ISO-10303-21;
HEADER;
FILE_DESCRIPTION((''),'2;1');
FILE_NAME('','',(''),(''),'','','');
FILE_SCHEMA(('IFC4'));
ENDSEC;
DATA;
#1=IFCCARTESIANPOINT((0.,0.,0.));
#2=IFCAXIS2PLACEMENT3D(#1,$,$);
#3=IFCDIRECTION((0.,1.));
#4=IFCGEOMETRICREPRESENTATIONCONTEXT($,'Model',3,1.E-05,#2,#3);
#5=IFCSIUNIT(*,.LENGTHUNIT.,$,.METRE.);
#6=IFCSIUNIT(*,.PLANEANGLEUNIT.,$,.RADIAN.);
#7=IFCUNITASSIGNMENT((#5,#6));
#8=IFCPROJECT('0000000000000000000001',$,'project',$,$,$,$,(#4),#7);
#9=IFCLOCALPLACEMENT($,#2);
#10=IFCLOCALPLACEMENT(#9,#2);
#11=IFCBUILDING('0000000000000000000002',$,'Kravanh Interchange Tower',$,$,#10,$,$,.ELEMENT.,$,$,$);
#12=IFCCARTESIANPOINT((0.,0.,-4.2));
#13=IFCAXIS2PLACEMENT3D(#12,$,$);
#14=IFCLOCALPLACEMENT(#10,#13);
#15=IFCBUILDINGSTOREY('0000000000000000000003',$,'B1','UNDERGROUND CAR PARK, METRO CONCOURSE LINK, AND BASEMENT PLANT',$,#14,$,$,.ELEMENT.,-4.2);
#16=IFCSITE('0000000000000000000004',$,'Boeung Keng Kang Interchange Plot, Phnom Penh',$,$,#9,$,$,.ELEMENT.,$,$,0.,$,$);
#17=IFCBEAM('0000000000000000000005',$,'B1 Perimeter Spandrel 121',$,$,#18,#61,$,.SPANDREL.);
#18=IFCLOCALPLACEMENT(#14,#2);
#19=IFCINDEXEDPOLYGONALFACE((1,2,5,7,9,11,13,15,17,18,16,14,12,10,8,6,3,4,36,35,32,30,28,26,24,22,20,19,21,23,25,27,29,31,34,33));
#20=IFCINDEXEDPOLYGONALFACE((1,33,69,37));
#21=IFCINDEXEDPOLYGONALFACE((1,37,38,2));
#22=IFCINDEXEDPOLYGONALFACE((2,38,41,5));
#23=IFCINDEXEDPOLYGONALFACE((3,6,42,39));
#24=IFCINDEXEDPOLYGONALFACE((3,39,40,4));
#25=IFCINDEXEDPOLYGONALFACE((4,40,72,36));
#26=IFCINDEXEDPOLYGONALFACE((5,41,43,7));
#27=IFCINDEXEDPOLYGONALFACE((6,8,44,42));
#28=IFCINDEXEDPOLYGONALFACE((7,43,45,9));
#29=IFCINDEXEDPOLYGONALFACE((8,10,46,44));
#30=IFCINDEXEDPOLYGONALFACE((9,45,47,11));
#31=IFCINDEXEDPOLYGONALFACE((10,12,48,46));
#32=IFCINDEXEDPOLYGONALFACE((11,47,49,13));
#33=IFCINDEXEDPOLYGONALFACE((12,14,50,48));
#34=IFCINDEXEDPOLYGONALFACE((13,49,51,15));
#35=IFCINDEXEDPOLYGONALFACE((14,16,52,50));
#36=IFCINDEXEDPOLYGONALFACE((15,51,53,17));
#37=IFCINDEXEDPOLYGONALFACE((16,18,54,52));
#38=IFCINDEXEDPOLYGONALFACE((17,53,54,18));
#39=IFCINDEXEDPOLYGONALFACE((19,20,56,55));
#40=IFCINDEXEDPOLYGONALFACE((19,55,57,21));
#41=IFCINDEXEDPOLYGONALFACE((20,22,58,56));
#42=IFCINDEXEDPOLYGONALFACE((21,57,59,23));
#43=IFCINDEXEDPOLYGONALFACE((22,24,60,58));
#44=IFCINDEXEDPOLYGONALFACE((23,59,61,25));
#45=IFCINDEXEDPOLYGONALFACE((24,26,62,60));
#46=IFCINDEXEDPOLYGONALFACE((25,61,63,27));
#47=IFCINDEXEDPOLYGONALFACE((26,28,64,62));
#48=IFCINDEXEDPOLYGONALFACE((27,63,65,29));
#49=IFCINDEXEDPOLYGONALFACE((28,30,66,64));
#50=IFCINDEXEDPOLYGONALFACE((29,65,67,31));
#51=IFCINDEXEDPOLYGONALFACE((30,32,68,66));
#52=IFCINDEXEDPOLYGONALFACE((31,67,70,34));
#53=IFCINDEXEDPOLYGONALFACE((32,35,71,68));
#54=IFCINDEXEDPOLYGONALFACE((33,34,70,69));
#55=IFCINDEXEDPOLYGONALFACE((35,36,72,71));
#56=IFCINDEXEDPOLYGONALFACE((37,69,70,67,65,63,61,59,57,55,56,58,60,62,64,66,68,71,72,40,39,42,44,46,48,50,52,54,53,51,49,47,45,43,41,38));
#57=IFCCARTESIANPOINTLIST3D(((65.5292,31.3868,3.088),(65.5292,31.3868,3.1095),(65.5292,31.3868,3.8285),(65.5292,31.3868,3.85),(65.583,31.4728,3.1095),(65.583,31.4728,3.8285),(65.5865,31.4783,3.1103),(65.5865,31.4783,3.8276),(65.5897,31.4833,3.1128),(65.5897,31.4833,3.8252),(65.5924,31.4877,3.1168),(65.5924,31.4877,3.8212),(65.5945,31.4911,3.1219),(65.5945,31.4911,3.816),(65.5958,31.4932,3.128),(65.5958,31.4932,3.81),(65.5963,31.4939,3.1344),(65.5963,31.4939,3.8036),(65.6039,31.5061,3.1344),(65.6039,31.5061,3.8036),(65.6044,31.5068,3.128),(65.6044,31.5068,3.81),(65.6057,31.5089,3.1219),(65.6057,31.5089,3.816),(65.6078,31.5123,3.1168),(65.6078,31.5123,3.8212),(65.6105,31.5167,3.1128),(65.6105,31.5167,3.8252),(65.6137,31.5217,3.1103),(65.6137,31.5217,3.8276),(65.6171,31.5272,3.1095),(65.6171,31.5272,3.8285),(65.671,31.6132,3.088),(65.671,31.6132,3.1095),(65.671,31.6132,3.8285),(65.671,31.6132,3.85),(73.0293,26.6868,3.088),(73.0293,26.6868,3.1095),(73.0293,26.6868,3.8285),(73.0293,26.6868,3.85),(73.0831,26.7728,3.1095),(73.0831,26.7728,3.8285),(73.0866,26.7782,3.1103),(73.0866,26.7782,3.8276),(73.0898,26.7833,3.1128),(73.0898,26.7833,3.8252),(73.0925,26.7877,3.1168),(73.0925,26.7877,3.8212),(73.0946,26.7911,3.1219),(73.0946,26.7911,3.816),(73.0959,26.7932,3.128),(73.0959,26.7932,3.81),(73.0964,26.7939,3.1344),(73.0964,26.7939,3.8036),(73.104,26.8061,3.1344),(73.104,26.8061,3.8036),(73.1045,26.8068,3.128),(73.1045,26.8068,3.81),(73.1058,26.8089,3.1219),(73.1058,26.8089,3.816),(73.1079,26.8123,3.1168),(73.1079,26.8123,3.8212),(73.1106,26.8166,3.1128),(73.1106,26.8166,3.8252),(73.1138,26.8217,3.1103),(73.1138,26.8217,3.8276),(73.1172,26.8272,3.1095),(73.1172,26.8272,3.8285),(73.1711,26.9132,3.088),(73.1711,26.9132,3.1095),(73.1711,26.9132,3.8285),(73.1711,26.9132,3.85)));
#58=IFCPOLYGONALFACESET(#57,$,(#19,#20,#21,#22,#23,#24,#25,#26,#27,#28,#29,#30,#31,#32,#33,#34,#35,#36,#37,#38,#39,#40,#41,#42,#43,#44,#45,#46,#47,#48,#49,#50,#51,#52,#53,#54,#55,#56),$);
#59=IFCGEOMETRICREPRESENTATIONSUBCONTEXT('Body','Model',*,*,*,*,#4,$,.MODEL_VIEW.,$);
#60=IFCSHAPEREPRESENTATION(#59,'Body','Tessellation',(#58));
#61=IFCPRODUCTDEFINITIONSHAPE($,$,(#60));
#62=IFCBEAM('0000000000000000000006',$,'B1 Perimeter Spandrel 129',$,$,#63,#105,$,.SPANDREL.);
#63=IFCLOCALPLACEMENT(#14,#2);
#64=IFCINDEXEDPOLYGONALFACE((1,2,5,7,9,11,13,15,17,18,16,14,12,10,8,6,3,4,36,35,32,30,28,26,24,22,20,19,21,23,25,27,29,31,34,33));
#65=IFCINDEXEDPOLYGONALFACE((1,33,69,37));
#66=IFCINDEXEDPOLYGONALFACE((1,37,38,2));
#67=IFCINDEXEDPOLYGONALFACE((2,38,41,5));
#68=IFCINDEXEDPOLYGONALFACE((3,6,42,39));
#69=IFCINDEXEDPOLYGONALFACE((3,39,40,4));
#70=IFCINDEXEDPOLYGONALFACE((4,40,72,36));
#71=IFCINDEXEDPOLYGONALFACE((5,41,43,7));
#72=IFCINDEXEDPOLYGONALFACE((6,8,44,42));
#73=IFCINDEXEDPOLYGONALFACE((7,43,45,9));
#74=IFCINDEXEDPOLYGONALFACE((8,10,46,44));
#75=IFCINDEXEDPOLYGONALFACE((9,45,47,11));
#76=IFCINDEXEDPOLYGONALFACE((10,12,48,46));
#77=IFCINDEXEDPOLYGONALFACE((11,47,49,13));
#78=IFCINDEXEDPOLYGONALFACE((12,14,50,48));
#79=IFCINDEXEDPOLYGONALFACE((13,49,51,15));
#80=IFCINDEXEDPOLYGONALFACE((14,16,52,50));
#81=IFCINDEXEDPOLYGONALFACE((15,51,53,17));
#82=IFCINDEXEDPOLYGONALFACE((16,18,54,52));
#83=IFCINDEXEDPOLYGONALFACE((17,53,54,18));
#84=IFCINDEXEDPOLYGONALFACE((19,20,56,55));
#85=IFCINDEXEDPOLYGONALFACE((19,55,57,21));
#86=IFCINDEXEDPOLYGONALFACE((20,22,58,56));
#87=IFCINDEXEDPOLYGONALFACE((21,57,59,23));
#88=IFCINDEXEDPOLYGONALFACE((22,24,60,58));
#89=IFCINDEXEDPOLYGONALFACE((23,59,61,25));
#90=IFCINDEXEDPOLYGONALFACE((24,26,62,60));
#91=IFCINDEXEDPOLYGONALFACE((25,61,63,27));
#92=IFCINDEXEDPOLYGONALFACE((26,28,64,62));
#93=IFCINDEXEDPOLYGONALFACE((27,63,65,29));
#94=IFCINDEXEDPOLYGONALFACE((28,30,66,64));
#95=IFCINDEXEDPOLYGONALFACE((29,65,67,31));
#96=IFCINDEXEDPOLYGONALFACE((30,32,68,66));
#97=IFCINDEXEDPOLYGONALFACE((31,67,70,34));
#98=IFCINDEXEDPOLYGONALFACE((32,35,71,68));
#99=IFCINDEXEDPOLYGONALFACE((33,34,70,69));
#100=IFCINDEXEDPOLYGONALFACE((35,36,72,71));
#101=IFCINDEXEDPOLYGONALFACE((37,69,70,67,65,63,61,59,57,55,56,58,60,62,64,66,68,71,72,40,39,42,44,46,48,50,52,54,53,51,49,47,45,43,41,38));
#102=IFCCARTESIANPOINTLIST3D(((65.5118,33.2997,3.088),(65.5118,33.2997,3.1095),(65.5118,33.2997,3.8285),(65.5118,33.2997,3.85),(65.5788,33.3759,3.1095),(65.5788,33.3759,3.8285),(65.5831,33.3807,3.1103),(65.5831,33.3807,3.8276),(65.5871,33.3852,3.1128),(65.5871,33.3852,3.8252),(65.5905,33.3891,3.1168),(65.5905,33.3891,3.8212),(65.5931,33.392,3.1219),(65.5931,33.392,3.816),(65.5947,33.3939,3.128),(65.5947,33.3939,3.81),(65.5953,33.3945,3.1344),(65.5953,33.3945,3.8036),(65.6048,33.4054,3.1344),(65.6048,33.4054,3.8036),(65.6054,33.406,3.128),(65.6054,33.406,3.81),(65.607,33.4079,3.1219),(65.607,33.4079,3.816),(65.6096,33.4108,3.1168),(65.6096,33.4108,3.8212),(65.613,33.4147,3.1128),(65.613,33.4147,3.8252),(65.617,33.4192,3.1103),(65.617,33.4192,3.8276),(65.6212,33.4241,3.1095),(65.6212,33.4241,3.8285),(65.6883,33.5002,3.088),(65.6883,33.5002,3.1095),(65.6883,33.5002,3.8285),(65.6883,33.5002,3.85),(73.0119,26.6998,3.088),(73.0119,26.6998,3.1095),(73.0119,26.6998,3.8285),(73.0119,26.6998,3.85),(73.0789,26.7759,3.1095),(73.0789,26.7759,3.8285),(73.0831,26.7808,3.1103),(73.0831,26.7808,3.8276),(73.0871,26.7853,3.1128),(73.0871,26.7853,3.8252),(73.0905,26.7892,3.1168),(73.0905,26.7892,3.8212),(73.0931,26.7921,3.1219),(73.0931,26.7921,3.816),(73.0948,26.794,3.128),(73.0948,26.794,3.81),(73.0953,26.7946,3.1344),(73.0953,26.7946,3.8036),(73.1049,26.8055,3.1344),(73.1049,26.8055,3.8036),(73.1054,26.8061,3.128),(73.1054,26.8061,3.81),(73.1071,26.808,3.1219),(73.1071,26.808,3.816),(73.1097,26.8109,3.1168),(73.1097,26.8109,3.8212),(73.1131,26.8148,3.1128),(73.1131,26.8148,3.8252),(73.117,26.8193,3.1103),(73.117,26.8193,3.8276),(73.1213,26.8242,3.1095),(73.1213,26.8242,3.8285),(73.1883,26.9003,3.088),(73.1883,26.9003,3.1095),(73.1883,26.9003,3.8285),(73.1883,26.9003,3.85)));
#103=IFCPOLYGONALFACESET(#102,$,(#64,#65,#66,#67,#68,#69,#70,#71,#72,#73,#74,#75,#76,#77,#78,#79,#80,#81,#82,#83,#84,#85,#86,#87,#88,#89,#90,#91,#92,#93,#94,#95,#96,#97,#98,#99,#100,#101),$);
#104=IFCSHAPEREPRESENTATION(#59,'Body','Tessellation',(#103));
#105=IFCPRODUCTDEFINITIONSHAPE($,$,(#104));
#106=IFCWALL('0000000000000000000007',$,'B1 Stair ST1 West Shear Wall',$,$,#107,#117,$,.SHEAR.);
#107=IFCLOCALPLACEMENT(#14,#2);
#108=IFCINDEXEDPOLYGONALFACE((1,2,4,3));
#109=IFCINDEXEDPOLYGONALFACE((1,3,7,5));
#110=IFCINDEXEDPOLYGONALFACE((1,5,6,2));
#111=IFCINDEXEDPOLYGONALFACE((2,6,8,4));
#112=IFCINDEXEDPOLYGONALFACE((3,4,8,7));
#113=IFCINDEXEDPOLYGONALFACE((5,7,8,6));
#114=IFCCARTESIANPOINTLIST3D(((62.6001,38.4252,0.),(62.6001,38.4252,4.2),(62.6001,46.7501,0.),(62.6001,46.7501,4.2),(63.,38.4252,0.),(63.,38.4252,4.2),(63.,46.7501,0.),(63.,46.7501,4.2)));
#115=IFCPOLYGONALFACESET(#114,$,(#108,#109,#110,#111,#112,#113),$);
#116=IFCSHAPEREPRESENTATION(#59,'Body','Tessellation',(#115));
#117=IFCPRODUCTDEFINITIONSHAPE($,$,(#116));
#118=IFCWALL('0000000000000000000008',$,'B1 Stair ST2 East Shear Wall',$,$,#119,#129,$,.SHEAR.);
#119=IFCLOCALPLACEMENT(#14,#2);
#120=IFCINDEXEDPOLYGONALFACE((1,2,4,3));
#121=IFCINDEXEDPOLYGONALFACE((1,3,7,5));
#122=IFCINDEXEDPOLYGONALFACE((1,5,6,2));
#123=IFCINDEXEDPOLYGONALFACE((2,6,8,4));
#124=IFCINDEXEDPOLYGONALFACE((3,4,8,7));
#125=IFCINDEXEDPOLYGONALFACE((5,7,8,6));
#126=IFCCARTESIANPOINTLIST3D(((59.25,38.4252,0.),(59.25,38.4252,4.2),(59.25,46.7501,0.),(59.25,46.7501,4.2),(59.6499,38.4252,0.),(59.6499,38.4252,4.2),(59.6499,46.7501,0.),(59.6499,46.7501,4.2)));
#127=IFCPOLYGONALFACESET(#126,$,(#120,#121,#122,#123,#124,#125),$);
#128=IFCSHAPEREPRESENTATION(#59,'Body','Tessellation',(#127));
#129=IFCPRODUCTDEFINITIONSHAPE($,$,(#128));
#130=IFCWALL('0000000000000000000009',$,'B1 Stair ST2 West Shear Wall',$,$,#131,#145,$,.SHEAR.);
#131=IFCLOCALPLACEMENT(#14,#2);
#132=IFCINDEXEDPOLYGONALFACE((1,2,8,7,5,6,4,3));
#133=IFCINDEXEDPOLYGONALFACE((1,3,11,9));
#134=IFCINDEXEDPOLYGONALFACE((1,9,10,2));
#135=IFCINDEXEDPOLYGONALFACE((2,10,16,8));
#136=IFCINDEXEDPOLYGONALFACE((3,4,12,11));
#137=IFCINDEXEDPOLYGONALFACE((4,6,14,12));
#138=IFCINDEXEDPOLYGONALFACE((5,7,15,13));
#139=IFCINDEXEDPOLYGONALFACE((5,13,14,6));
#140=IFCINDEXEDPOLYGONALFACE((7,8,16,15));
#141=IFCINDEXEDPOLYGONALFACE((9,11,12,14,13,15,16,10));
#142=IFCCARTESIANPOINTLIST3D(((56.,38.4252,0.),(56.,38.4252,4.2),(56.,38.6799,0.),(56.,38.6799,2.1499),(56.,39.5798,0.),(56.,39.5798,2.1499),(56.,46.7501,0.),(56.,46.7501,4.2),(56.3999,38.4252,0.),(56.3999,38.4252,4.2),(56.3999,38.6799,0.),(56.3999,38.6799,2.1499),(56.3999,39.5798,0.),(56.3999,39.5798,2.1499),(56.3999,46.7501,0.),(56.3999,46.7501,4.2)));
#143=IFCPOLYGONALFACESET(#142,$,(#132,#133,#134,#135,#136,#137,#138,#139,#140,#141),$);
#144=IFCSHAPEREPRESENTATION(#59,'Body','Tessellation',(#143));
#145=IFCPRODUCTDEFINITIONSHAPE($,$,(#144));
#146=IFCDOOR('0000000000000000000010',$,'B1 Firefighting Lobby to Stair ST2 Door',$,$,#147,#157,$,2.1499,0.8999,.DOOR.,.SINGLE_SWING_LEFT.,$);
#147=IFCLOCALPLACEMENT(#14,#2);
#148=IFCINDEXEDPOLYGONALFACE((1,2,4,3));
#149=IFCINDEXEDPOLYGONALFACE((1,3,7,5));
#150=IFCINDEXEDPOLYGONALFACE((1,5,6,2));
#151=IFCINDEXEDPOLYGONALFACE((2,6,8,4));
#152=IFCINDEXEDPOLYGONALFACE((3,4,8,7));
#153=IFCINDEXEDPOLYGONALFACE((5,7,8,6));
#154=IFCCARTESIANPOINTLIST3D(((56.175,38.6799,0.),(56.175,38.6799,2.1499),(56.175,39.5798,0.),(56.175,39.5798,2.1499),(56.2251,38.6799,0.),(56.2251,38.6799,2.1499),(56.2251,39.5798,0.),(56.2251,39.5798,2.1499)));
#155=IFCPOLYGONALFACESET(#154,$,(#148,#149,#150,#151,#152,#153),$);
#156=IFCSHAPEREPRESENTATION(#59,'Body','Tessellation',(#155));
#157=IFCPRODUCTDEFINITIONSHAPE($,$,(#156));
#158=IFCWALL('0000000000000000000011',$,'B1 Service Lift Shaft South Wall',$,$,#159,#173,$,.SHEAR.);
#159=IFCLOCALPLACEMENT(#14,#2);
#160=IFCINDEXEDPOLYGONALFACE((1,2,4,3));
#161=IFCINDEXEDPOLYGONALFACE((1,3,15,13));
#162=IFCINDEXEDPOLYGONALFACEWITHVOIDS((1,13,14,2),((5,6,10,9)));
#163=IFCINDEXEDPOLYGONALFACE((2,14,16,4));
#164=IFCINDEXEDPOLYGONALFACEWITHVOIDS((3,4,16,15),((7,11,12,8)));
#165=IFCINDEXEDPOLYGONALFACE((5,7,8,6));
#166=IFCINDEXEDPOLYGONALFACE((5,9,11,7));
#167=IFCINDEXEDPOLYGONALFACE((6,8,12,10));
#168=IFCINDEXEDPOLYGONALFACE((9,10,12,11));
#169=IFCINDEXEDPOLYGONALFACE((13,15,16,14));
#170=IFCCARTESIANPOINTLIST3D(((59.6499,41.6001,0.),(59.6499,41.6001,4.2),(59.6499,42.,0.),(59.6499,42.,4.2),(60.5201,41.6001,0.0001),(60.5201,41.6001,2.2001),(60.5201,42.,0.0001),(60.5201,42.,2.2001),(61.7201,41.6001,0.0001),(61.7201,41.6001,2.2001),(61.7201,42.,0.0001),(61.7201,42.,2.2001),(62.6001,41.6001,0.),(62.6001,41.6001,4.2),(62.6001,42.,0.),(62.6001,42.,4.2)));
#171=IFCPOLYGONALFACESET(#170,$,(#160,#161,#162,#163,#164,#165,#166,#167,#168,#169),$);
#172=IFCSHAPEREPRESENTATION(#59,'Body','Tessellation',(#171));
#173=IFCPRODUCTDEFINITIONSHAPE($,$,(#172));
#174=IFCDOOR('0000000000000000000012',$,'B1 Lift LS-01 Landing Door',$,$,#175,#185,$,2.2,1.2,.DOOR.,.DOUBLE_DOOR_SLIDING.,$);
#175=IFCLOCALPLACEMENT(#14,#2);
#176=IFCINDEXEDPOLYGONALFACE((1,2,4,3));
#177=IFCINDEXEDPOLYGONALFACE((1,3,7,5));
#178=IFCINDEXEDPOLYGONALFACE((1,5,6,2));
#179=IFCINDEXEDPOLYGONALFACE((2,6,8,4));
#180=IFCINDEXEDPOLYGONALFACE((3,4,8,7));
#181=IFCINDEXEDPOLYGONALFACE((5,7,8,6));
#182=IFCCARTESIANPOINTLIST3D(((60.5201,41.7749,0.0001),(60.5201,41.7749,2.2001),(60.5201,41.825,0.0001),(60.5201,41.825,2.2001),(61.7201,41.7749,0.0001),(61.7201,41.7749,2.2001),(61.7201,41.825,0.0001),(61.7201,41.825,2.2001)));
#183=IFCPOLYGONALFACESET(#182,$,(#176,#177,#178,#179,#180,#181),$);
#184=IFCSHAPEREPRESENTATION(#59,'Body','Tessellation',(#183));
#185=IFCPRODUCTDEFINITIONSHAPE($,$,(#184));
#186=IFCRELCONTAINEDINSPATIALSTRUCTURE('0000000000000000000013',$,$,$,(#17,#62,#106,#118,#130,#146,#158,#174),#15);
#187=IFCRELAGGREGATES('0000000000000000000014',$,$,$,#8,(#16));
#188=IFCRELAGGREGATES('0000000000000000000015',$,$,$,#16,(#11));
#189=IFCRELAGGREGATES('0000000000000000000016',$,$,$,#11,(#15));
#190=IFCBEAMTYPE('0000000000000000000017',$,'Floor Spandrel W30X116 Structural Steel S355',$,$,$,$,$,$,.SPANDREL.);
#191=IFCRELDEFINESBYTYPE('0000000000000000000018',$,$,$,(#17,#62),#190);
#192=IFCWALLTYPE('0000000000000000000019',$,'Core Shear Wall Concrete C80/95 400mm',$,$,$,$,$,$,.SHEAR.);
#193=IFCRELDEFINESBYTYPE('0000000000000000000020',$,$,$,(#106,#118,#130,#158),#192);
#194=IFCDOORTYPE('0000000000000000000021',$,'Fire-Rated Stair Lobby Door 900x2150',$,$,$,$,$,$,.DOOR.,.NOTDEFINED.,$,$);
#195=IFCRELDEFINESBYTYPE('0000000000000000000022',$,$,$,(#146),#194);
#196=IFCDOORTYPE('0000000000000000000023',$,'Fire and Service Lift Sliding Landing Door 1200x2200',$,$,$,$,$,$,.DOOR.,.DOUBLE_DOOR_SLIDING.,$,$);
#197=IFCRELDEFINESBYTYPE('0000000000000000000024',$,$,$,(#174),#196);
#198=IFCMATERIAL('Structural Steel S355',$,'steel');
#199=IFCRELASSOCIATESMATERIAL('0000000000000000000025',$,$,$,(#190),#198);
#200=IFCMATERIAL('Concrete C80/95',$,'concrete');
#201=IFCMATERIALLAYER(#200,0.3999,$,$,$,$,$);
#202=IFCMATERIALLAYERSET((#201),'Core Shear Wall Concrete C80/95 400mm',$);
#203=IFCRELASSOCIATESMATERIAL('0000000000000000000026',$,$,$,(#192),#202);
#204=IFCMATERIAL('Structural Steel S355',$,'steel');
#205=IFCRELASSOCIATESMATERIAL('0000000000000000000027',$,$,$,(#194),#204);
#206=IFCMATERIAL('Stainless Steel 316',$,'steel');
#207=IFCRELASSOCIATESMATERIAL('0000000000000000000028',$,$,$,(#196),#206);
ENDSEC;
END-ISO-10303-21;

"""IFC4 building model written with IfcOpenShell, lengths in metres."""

from ifc_helpers import new_model, si_unit, direction, frame, frame_2d, origin, origin_2d, place, context, subcontext, project, spatial, rectangle, i_section, extrude, material, layer, layer_set, material_profile, profile_set, type_object, element, fill, save


model = new_model("IFC4")

# Units and contexts
model_context = context("Model", 3, precision=1e-05, world=origin(), true_north=direction((0.0, 1.0)))
body_context = subcontext(model_context, "Body", "Model", "MODEL_VIEW")
ifc_project = project(units=[si_unit("LENGTHUNIT", "METRE"), si_unit("PLANEANGLEUNIT", "RADIAN")], contexts=[model_context])

# Site, building, storey
site_placement = place(None, origin())
site = spatial("IfcSite", under=ifc_project, at=site_placement, Name="Boeung Keng Kang Interchange Plot, Phnom Penh", CompositionType="ELEMENT", RefElevation=0.0)
building_placement = place(site_placement, origin())
building = spatial("IfcBuilding", under=site, at=building_placement, Name="Kravanh Interchange Tower", CompositionType="ELEMENT")
storey_placement = place(building_placement, frame((0.0, 0.0, -4.2)))
storey = spatial("IfcBuildingStorey", under=building, at=storey_placement, Name="B1", Description="UNDERGROUND CAR PARK, METRO CONCOURSE LINK, AND BASEMENT PLANT", CompositionType="ELEMENT", Elevation=-4.2)

# Beams
ifc_material_1 = material(Name="Structural Steel S355", Category="steel")
ifc_material_profile_1 = material_profile(ifc_material_1, i_section(OverallWidth=0.2671, OverallDepth=0.762, WebThickness=0.0144, FlangeThickness=0.0215, FilletRadius=0.0249, at=origin_2d()), Name="W30X116")
ifc_profile_set_1 = profile_set([ifc_material_profile_1], Name="Structural Steel S355")
beam_type_1 = type_object("IfcBeamType", Name="Floor Spandrel W30X116 Structural Steel S355", PredefinedType="SPANDREL", material=ifc_profile_set_1)
beam_1_placement = place(storey_placement, frame((65.6001, 31.5, 3.469), z_axis=(0.847365, -0.53101, 0.0), x_axis=(0.53101, 0.847365, 0.0)))
element("IfcBeam", 1, at=beam_1_placement, inside=storey, type_object=beam_type_1, Name="B1 Perimeter Spandrel 121", PredefinedType="SPANDREL", context=body_context, shape_type="SweptSolid", body=[
    extrude(i_section(OverallWidth=0.2671, OverallDepth=0.762, WebThickness=0.0144, FlangeThickness=0.0215, FilletRadius=0.0249, at=origin_2d()), origin(), (0.0, 0.0, 1.0), 8.8511),
])
beam_2_placement = place(storey_placement, frame((73.1001, 26.8, 3.469), z_axis=(-0.750721, 0.66062, 0.0), x_axis=(-0.66062, -0.750721, 0.0)))
element("IfcBeam", 2, at=beam_2_placement, inside=storey, type_object=beam_type_1, Name="B1 Perimeter Spandrel 129", PredefinedType="SPANDREL", context=body_context, shape_type="SweptSolid", body=[
    extrude(i_section(OverallWidth=0.2671, OverallDepth=0.762, WebThickness=0.0144, FlangeThickness=0.0215, FilletRadius=0.0249, at=origin_2d()), origin(), (0.0, 0.0, 1.0), 9.9905),
])

# Walls
ifc_material_2 = material(Name="Concrete C80/95", Category="concrete")
ifc_layer_1 = layer(ifc_material_2, 0.3999)
ifc_layer_set_1 = layer_set([ifc_layer_1], Name="Core Shear Wall Concrete C80/95 400mm")
wall_type_1 = type_object("IfcWallType", Name="Core Shear Wall Concrete C80/95 400mm", PredefinedType="SHEAR", material=ifc_layer_set_1)
for number, where, z_axis, x_axis, name in (
    (3, (62.8, 38.425, 0.0), (0.0, 0.0, 1.0), (0.0, 1.0, 0.0), "B1 Stair ST1 West Shear Wall"),
    (4, (59.45, 38.425, 0.0), (0.0, 0.0, 1.0), (0.0, 1.0, 0.0), "B1 Stair ST2 East Shear Wall"),
):
    element("IfcWall", number, at=place(storey_placement, frame(where, z_axis=z_axis, x_axis=x_axis)), inside=storey, type_object=wall_type_1, Name=name, PredefinedType="SHEAR", context=body_context, shape_type="SweptSolid", body=[
        extrude(rectangle(XDim=8.325, YDim=0.3999, at=frame_2d((4.1626, 0.0))), origin(), (0.0, 0.0, 1.0), 4.2),
    ])

# Walls, openings, doors
wall_1_placement = place(storey_placement, frame((56.2, 38.425, 0.0), z_axis=(0.0, 0.0, 1.0), x_axis=(0.0, 1.0, 0.0)))
wall_1 = element("IfcWall", 5, at=wall_1_placement, inside=storey, type_object=wall_type_1, Name="B1 Stair ST2 West Shear Wall", PredefinedType="SHEAR", context=body_context, shape_type="SweptSolid", body=[
    extrude(rectangle(XDim=8.325, YDim=0.3999, at=frame_2d((4.1626, 0.0))), origin(), (0.0, 0.0, 1.0), 4.2),
])
opening_1_placement = place(wall_1_placement, frame((0.2549, 0.0, 0.0)))
opening_1 = element("IfcOpeningElement", 6, at=opening_1_placement, cuts=wall_1, PredefinedType="OPENING", context=body_context, shape_type="SweptSolid", body=[
    extrude(rectangle(XDim=0.8999, YDim=2.1499, at=frame_2d((0.45, 1.075))), frame((0.0, 0.21, 0.0), z_axis=(0.0, -1.0, 0.0), x_axis=(1.0, 0.0, 0.0)), (0.0, 0.0, 1.0), 0.4199),
])
ifc_material_3 = material(Name="Structural Steel S355", Category="steel")
door_type_1 = type_object("IfcDoorType", Name="Fire-Rated Stair Lobby Door 900x2150", OperationType="NOTDEFINED", PredefinedType="DOOR", material=ifc_material_3)
door_1_placement = place(opening_1_placement, origin())
door_1 = element("IfcDoor", 7, at=door_1_placement, inside=storey, type_object=door_type_1, Name="B1 Firefighting Lobby to Stair ST2 Door", OperationType="SINGLE_SWING_LEFT", OverallHeight=2.1499, OverallWidth=0.8999, PredefinedType="DOOR", context=body_context, shape_type="SweptSolid", body=[
    extrude(rectangle(XDim=0.8999, YDim=2.1499, at=frame_2d((0.45, 1.075))), frame((0.0, 0.0249, 0.0), z_axis=(0.0, -1.0, 0.0), x_axis=(1.0, 0.0, 0.0)), (0.0, 0.0, 1.0), 0.05),
])
fill(opening_1, door_1)
wall_2_placement = place(storey_placement, frame((59.6499, 41.8, 0.0), z_axis=(0.0, 0.0, 1.0), x_axis=(1.0, 0.0, 0.0)))
wall_2 = element("IfcWall", 8, at=wall_2_placement, inside=storey, type_object=wall_type_1, Name="B1 Service Lift Shaft South Wall", PredefinedType="SHEAR", context=body_context, shape_type="SweptSolid", body=[
    extrude(rectangle(XDim=2.9502, YDim=0.3999, at=frame_2d((1.4751, 0.0))), origin(), (0.0, 0.0, 1.0), 4.2),
])
opening_2_placement = place(wall_2_placement, frame((0.8701, 0.0, 0.0)))
opening_2 = element("IfcOpeningElement", 9, at=opening_2_placement, cuts=wall_2, PredefinedType="OPENING", context=body_context, shape_type="SweptSolid", body=[
    extrude(rectangle(XDim=1.2, YDim=2.2, at=frame_2d((0.6001, 1.1001))), frame((0.0, 0.21, 0.0), z_axis=(0.0, -1.0, 0.0), x_axis=(1.0, 0.0, 0.0)), (0.0, 0.0, 1.0), 0.4199),
])
ifc_material_4 = material(Name="Stainless Steel 316", Category="steel")
door_type_2 = type_object("IfcDoorType", Name="Fire and Service Lift Sliding Landing Door 1200x2200", OperationType="DOUBLE_DOOR_SLIDING", PredefinedType="DOOR", material=ifc_material_4)
door_2_placement = place(opening_2_placement, origin())
door_2 = element("IfcDoor", 10, at=door_2_placement, inside=storey, type_object=door_type_2, Name="B1 Lift LS-01 Landing Door", OperationType="DOUBLE_DOOR_SLIDING", OverallHeight=2.2, OverallWidth=1.2, PredefinedType="DOOR", context=body_context, shape_type="SweptSolid", body=[
    extrude(rectangle(XDim=1.2, YDim=2.2, at=frame_2d((0.6001, 1.1001))), frame((0.0, 0.0249, 0.0), z_axis=(0.0, -1.0, 0.0), x_axis=(1.0, 0.0, 0.0)), (0.0, 0.0, 1.0), 0.05),
])
fill(opening_2, door_2)

save(model, "model.ifc")
